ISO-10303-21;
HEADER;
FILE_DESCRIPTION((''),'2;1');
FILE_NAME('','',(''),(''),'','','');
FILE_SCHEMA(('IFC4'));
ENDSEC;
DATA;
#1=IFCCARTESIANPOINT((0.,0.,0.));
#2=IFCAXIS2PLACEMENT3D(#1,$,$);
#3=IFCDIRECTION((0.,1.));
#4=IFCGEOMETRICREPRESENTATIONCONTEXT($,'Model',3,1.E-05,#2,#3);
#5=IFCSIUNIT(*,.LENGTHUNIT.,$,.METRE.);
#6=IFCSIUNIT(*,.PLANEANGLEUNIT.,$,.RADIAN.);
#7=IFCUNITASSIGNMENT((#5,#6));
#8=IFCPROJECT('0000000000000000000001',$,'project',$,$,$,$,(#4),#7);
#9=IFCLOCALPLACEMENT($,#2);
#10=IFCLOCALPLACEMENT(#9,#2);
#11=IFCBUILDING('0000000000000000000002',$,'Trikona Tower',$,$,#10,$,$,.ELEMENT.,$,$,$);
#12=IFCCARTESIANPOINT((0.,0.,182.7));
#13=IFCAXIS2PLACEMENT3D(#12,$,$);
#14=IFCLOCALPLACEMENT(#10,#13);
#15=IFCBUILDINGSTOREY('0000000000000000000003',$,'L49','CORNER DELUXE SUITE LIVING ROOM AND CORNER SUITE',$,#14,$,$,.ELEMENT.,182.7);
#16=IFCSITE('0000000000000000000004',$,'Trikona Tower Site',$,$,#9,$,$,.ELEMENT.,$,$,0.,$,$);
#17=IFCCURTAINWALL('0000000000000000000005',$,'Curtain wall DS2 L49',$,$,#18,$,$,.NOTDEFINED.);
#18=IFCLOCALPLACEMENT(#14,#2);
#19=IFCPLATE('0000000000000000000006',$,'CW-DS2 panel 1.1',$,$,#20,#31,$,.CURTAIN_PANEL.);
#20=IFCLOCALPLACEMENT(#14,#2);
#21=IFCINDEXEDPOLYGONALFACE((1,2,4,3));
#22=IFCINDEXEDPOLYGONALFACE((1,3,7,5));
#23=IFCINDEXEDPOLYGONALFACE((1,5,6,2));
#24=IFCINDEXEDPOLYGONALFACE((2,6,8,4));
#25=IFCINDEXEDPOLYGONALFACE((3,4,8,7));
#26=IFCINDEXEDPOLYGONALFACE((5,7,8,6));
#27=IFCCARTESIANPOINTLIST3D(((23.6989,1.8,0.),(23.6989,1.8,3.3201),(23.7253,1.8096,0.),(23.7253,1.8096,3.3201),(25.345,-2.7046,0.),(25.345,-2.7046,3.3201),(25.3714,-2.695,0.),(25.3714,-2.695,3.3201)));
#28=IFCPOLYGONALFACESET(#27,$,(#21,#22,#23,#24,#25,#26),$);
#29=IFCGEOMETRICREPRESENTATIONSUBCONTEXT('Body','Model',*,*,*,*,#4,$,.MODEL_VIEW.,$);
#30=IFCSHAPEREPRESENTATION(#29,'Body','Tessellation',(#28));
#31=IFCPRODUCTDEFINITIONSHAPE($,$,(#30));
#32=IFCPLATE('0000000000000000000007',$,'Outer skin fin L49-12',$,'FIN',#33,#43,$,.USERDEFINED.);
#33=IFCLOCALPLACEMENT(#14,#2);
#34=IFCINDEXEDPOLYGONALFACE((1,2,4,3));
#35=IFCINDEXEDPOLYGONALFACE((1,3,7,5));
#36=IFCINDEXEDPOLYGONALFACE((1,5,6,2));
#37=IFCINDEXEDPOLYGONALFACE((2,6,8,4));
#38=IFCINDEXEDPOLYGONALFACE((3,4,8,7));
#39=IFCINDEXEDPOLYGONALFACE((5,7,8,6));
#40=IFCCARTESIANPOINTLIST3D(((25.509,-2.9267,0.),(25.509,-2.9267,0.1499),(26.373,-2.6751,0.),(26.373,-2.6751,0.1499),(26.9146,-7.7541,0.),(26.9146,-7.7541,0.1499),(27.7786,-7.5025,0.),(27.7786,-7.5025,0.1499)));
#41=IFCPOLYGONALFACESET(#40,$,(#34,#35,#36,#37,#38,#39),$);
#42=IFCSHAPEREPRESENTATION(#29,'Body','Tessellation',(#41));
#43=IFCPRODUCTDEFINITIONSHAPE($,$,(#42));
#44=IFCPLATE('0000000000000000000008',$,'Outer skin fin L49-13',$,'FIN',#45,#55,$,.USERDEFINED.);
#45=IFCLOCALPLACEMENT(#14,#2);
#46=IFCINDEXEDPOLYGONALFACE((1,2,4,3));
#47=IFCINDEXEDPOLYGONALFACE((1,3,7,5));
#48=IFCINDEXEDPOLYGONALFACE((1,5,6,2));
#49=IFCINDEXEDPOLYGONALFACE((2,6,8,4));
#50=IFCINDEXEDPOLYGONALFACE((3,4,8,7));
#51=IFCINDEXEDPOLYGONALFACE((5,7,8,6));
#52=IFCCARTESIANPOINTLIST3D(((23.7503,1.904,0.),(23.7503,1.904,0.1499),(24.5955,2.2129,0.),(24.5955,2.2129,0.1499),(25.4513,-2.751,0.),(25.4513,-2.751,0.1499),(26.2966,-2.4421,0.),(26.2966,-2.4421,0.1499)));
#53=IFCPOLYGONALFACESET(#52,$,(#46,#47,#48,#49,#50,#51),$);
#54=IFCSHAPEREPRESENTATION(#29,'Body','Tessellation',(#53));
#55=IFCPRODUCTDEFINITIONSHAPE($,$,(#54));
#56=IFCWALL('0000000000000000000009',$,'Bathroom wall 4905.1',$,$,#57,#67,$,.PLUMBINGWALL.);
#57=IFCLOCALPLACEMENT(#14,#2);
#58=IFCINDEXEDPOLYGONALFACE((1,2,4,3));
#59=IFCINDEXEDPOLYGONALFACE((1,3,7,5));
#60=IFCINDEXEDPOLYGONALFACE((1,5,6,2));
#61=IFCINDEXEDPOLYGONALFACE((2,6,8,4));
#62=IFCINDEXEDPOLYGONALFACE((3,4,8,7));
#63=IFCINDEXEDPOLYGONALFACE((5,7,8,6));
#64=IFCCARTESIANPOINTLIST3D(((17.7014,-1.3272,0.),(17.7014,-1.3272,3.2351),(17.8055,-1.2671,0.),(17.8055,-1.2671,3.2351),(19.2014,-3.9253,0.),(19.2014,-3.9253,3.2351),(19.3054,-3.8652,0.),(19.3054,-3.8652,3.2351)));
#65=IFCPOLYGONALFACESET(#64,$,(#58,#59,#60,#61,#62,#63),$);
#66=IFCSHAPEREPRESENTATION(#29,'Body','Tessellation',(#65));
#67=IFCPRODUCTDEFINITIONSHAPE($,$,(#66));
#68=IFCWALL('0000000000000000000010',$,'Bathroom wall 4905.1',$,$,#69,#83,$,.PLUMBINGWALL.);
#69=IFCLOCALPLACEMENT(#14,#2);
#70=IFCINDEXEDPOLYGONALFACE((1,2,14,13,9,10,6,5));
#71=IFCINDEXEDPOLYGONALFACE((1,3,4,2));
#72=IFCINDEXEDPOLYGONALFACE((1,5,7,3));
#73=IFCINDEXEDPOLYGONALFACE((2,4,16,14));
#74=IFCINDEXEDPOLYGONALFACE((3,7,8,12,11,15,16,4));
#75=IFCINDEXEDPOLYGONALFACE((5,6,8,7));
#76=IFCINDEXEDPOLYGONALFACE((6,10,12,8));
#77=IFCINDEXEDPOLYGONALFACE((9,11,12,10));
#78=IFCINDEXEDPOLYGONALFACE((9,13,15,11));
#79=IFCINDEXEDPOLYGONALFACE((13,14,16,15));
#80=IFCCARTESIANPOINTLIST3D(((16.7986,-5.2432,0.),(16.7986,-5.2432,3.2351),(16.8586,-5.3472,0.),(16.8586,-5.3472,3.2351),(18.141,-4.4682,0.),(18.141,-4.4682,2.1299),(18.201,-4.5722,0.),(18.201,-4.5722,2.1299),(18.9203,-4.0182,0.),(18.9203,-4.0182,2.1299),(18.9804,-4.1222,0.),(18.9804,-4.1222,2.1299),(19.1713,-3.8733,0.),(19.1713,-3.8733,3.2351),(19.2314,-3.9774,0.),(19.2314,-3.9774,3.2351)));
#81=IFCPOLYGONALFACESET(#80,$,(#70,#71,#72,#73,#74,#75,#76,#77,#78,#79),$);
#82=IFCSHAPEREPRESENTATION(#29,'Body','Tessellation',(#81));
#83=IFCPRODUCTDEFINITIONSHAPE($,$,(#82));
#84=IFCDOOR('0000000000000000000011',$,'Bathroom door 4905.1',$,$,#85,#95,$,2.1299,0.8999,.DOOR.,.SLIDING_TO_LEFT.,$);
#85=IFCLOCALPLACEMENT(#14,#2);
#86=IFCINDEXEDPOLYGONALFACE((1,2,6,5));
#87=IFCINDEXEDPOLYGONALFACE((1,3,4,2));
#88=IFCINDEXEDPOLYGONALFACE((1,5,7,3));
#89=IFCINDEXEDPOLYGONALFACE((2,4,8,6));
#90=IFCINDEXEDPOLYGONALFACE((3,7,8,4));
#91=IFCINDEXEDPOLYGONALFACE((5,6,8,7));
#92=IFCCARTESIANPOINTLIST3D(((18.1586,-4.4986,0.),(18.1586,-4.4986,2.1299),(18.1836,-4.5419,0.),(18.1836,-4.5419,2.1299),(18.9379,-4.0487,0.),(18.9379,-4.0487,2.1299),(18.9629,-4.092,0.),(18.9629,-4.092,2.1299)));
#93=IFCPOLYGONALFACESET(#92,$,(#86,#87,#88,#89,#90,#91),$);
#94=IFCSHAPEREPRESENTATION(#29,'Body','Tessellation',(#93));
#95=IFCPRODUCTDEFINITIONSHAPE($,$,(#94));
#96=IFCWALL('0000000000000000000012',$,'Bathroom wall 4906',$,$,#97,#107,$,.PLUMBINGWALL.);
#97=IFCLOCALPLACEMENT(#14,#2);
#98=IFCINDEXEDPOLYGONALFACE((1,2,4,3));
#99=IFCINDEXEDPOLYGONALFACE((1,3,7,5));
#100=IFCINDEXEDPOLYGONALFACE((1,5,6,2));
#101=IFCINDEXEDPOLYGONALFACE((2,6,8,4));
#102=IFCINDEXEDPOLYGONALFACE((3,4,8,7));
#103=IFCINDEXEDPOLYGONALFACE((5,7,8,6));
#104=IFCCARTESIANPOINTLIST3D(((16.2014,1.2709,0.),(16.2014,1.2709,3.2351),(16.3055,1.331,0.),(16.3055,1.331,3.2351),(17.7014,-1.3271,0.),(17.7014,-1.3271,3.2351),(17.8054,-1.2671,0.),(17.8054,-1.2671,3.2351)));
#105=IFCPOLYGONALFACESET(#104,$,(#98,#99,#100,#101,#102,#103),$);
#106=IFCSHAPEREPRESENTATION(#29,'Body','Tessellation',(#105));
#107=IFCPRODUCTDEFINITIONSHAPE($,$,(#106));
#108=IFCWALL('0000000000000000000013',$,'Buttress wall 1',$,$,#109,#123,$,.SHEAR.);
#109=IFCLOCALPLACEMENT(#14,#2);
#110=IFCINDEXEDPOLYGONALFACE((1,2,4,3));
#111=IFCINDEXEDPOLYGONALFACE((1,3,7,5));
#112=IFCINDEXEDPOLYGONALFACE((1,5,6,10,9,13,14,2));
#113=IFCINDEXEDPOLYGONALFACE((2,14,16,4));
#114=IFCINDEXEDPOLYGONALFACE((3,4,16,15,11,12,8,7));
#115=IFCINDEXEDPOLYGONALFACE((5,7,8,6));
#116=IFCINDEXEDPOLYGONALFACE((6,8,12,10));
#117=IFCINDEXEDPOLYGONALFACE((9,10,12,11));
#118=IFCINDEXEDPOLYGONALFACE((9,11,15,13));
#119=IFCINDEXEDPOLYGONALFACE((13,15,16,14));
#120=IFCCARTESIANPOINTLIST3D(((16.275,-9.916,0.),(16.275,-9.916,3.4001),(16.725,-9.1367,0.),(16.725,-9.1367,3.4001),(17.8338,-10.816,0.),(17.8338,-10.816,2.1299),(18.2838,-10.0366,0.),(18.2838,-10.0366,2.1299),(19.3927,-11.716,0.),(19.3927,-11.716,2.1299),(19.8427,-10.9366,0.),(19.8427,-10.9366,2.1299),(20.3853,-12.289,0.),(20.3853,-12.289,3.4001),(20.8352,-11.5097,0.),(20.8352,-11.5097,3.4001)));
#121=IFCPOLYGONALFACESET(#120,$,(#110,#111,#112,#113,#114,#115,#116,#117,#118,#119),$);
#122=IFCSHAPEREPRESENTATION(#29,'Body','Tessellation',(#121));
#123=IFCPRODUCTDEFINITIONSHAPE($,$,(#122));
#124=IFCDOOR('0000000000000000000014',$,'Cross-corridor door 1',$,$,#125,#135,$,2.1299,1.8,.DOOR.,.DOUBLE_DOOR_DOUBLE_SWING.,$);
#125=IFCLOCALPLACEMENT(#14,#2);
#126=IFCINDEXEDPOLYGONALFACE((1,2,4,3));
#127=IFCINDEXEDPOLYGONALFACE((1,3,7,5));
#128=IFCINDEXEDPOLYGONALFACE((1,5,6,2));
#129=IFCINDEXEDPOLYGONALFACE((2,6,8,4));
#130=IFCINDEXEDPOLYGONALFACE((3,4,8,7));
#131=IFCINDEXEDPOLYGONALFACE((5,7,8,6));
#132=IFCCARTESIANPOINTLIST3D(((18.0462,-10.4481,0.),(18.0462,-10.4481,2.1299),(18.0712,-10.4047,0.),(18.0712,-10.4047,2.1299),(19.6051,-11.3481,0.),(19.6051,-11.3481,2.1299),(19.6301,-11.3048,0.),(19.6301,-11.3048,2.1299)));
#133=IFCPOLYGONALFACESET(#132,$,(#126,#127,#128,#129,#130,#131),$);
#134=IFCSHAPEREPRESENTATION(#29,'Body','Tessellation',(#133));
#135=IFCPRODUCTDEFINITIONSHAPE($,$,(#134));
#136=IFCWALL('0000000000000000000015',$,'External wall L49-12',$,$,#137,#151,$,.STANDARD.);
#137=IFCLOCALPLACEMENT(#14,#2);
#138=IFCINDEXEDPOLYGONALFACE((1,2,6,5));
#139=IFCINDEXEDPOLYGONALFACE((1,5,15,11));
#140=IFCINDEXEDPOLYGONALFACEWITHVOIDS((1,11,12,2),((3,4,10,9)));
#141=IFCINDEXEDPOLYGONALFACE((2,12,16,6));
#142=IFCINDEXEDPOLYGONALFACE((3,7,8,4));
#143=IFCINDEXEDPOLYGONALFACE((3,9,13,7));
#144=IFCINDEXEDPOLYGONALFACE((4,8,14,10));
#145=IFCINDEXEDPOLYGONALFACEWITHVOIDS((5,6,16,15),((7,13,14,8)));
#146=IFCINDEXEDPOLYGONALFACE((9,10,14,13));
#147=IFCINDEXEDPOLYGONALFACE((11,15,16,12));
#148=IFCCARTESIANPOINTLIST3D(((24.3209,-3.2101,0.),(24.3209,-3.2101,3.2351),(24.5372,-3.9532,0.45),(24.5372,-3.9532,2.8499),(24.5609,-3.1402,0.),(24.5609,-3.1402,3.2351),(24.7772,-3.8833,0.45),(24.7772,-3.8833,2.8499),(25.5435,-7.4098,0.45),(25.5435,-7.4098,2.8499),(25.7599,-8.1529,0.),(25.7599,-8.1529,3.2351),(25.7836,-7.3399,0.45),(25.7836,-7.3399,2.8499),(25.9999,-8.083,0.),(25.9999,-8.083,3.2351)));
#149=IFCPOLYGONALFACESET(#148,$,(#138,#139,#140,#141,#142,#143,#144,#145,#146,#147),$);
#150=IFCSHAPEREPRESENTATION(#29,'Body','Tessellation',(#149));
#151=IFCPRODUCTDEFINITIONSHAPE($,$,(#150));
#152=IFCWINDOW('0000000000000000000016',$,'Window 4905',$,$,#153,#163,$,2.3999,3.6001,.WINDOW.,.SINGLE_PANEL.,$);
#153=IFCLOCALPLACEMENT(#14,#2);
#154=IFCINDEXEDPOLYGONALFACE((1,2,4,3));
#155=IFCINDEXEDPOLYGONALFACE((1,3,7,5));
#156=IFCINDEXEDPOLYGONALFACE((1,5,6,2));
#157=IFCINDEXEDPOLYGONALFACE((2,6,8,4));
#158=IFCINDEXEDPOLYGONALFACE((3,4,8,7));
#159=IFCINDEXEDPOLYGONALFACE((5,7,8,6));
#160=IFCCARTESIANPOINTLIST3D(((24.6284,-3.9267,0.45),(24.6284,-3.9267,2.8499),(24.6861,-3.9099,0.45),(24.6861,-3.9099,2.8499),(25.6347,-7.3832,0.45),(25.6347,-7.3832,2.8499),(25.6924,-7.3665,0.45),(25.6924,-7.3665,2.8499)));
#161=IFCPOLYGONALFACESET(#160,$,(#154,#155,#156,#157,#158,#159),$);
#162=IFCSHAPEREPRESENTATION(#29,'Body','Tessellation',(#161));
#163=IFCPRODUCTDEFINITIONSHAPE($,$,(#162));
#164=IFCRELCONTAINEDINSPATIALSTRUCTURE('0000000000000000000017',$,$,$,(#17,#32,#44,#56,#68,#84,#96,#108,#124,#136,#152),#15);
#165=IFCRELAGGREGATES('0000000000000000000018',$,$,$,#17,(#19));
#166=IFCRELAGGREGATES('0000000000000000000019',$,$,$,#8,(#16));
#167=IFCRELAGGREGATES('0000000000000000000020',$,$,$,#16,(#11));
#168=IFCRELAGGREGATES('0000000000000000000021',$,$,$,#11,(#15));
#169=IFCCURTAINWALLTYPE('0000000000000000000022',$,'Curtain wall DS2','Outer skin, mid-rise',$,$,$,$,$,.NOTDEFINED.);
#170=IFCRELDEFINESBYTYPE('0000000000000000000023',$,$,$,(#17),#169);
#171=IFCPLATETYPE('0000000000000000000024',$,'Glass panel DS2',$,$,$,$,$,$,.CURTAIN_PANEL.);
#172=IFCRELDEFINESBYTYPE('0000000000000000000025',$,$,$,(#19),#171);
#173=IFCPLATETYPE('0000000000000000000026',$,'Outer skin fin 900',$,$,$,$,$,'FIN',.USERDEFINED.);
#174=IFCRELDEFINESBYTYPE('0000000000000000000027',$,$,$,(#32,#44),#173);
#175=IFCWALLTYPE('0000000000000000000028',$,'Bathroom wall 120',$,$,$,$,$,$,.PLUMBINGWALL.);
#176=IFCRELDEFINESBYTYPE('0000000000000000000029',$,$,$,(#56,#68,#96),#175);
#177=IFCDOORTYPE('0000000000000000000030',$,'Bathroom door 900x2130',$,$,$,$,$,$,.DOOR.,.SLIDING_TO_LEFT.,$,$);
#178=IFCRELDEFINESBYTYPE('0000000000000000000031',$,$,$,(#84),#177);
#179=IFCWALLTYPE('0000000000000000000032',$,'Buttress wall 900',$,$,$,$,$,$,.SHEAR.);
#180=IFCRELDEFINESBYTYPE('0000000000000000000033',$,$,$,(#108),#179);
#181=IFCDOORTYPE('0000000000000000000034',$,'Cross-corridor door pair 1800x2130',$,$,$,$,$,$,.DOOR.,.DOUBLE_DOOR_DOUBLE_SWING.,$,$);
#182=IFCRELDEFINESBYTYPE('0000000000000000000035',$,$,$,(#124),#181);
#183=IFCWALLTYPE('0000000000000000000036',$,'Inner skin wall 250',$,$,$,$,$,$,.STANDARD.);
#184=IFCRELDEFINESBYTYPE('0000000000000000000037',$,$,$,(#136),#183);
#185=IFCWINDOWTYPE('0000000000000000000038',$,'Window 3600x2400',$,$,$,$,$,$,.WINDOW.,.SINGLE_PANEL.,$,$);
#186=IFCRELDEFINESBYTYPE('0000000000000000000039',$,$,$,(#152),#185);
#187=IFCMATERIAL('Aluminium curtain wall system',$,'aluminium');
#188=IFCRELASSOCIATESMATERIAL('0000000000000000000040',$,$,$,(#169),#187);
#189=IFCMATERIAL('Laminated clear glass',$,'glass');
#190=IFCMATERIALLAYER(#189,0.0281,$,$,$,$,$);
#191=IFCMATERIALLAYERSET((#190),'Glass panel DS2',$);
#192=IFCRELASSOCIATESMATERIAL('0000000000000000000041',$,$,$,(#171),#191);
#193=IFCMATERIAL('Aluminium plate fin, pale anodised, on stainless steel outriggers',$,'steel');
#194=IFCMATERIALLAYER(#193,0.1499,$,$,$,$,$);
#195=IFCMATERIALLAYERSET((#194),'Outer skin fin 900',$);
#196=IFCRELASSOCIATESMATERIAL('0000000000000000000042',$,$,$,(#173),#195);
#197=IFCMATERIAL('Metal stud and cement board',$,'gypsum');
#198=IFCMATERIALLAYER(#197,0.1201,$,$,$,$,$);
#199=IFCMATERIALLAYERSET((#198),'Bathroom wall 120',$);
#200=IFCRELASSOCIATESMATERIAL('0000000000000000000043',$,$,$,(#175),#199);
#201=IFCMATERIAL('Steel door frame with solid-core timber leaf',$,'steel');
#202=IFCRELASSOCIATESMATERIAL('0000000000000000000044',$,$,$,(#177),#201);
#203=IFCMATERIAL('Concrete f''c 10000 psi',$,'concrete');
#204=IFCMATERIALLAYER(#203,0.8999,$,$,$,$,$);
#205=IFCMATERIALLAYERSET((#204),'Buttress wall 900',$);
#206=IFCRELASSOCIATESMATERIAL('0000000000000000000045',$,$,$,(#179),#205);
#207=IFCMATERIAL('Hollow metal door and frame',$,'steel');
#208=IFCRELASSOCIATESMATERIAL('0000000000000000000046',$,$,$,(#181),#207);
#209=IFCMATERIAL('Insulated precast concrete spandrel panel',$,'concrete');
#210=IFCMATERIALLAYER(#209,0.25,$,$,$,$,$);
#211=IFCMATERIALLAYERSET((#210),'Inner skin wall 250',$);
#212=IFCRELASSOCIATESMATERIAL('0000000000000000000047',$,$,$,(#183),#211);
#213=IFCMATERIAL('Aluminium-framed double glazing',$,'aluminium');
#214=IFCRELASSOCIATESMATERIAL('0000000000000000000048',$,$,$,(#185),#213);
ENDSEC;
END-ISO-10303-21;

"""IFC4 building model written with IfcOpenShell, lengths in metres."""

from ifc_helpers import new_model, si_unit, direction, frame, frame_2d, origin, origin_2d, place, context, subcontext, project, spatial, rectangle, extrude, material, layer, layer_set, type_object, element, fill, aggregate, save


model = new_model("IFC4")

# Units and contexts
model_context = context("Model", 3, precision=1e-05, world=origin(), true_north=direction((0.0, 1.0)))
body_context = subcontext(model_context, "Body", "Model", "MODEL_VIEW")
ifc_project = project(units=[si_unit("LENGTHUNIT", "METRE"), si_unit("PLANEANGLEUNIT", "RADIAN")], contexts=[model_context])

# Site, building, storey
site_placement = place(None, origin())
site = spatial("IfcSite", under=ifc_project, at=site_placement, Name="Trikona Tower Site", CompositionType="ELEMENT", RefElevation=0.0)
building_placement = place(site_placement, origin())
building = spatial("IfcBuilding", under=site, at=building_placement, Name="Trikona Tower", CompositionType="ELEMENT")
storey_placement = place(building_placement, frame((0.0, 0.0, 182.7)))
storey = spatial("IfcBuildingStorey", under=building, at=storey_placement, Name="L49", Description="CORNER DELUXE SUITE LIVING ROOM AND CORNER SUITE", CompositionType="ELEMENT", Elevation=182.7)

# Shared definitions
ifc_material_1 = material(Name="Aluminium curtain wall system", Category="aluminium")
curtain_wall_type = type_object("IfcCurtainWallType", Name="Curtain wall DS2", Description="Outer skin, mid-rise", PredefinedType="NOTDEFINED", material=ifc_material_1)

# Curtain wall
curtain_wall_1_placement = place(storey_placement, origin())
curtain_wall_1 = element("IfcCurtainWall", 1, at=curtain_wall_1_placement, inside=storey, type_object=curtain_wall_type, Name="Curtain wall DS2 L49", PredefinedType="NOTDEFINED")

# Plate
ifc_material_2 = material(Name="Laminated clear glass", Category="glass")
ifc_layer_1 = layer(ifc_material_2, 0.0281)
ifc_layer_set_1 = layer_set([ifc_layer_1], Name="Glass panel DS2")
plate_type_1 = type_object("IfcPlateType", Name="Glass panel DS2", PredefinedType="CURTAIN_PANEL", material=ifc_layer_set_1)
plate_1_placement = place(storey_placement, frame((24.5352, -0.4475, 0.0), z_axis=(0.0, 0.0, 1.0), x_axis=(-0.343223, 0.939254, 0.0)))
plate_1 = element("IfcPlate", 2, at=plate_1_placement, type_object=plate_type_1, Name="CW-DS2 panel 1.1", PredefinedType="CURTAIN_PANEL", context=body_context, shape_type="SweptSolid", body=[
    extrude(rectangle(XDim=4.7959, YDim=0.0281, at=origin_2d()), origin(), (0.0, 0.0, 1.0), 3.3201),
])
aggregate(curtain_wall_1, [plate_1])

# Plates
ifc_material_3 = material(Name="Aluminium plate fin, pale anodised, on stainless steel outriggers", Category="steel")
ifc_layer_2 = layer(ifc_material_3, 0.1499)
ifc_layer_set_2 = layer_set([ifc_layer_2], Name="Outer skin fin 900")
plate_type_2 = type_object("IfcPlateType", Name="Outer skin fin 900", ElementType="FIN", PredefinedType="USERDEFINED", material=ifc_layer_set_2)
plate_2_placement = place(storey_placement, frame((26.6438, -5.2146, 0.0), z_axis=(0.0, 0.0, 1.0), x_axis=(-0.279554, 0.96013, 0.0)))
element("IfcPlate", 3, at=plate_2_placement, inside=storey, type_object=plate_type_2, Name="Outer skin fin L49-12", ObjectType="FIN", PredefinedType="USERDEFINED", context=body_context, shape_type="SweptSolid", body=[
    extrude(rectangle(XDim=5.0278, YDim=0.8999, at=origin_2d()), origin(), (0.0, 0.0, 1.0), 0.1499),
])
plate_3_placement = place(storey_placement, frame((25.0234, -0.269, 0.0), z_axis=(0.0, 0.0, 1.0), x_axis=(-0.34322, 0.939255, 0.0)))
element("IfcPlate", 4, at=plate_3_placement, inside=storey, type_object=plate_type_2, Name="Outer skin fin L49-13", ObjectType="FIN", PredefinedType="USERDEFINED", context=body_context, shape_type="SweptSolid", body=[
    extrude(rectangle(XDim=4.9561, YDim=0.8999, at=origin_2d()), origin(), (0.0, 0.0, 1.0), 0.1499),
])

# Wall
ifc_material_4 = material(Name="Metal stud and cement board", Category="gypsum")
ifc_layer_3 = layer(ifc_material_4, 0.1201)
ifc_layer_set_3 = layer_set([ifc_layer_3], Name="Bathroom wall 120")
wall_type_1 = type_object("IfcWallType", Name="Bathroom wall 120", PredefinedType="PLUMBINGWALL", material=ifc_layer_set_3)
wall_1_placement = place(storey_placement, frame((19.2534, -3.8953, 0.0), z_axis=(0.0, 0.0, 1.0), x_axis=(-0.49999, 0.866031, 0.0)))
element("IfcWall", 5, at=wall_1_placement, inside=storey, type_object=wall_type_1, Name="Bathroom wall 4905.1", PredefinedType="PLUMBINGWALL", context=body_context, shape_type="SweptSolid", body=[
    extrude(rectangle(XDim=3.0, YDim=0.1201, at=frame_2d((1.5, 0.0))), origin(), (0.0, 0.0, 1.0), 3.2351),
])

# Wall, opening, door
wall_2_placement = place(storey_placement, frame((16.8286, -5.2952, 0.0), z_axis=(0.0, 0.0, 1.0), x_axis=(0.866036, 0.499982, 0.0)))
wall_2 = element("IfcWall", 6, at=wall_2_placement, inside=storey, type_object=wall_type_1, Name="Bathroom wall 4905.1", PredefinedType="PLUMBINGWALL", context=body_context, shape_type="SweptSolid", body=[
    extrude(rectangle(XDim=2.7397, YDim=0.1201, at=frame_2d((1.3699, 0.0))), origin(), (0.0, 0.0, 1.0), 3.2351),
])
opening_1_placement = place(wall_2_placement, frame((1.55, 0.0, 0.0)))
opening_1 = element("IfcOpeningElement", 7, at=opening_1_placement, cuts=wall_2, PredefinedType="OPENING", context=body_context, shape_type="SweptSolid", body=[
    extrude(rectangle(XDim=0.8999, YDim=2.1299, at=frame_2d((0.45, 1.0649))), frame((0.0, 0.0701, 0.0), z_axis=(0.0, -1.0, 0.0), x_axis=(1.0, 0.0, 0.0)), (0.0, 0.0, 1.0), 0.1401),
])
ifc_material_5 = material(Name="Steel door frame with solid-core timber leaf", Category="steel")
door_type_1 = type_object("IfcDoorType", Name="Bathroom door 900x2130", OperationType="SLIDING_TO_LEFT", PredefinedType="DOOR", material=ifc_material_5)
door_1_placement = place(opening_1_placement, origin())
door_1 = element("IfcDoor", 8, at=door_1_placement, inside=storey, type_object=door_type_1, Name="Bathroom door 4905.1", OperationType="SLIDING_TO_LEFT", OverallHeight=2.1299, OverallWidth=0.8999, PredefinedType="DOOR", context=body_context, shape_type="SweptSolid", body=[
    extrude(rectangle(XDim=0.8999, YDim=2.1299, at=frame_2d((0.45, 1.0649))), frame((0.0, 0.0249, 0.0), z_axis=(0.0, -1.0, 0.0), x_axis=(1.0, 0.0, 0.0)), (0.0, 0.0, 1.0), 0.05),
])
fill(opening_1, door_1)

# Wall
wall_3_placement = place(storey_placement, frame((17.7534, -1.2971, 0.0), z_axis=(0.0, 0.0, 1.0), x_axis=(-0.49999, 0.866031, 0.0)))
element("IfcWall", 9, at=wall_3_placement, inside=storey, type_object=wall_type_1, Name="Bathroom wall 4906", PredefinedType="PLUMBINGWALL", context=body_context, shape_type="SweptSolid", body=[
    extrude(rectangle(XDim=3.0, YDim=0.1201, at=frame_2d((1.5, 0.0))), origin(), (0.0, 0.0, 1.0), 3.2351),
])

# Wall, opening, door
ifc_material_6 = material(Name="Concrete f'c 10000 psi", Category="concrete")
ifc_layer_4 = layer(ifc_material_6, 0.8999)
ifc_layer_set_4 = layer_set([ifc_layer_4], Name="Buttress wall 900")
wall_type_2 = type_object("IfcWallType", Name="Buttress wall 900", PredefinedType="SHEAR", material=ifc_layer_set_4)
wall_4_placement = place(storey_placement, frame((16.5, -9.5264, 0.0), z_axis=(0.0, 0.0, 1.0), x_axis=(0.866031, -0.49999, 0.0)))
wall_4 = element("IfcWall", 10, at=wall_4_placement, inside=storey, type_object=wall_type_2, Name="Buttress wall 1", PredefinedType="SHEAR", context=body_context, shape_type="SweptSolid", body=[
    extrude(rectangle(XDim=4.7461, YDim=0.8999, at=frame_2d((2.373, 0.0))), origin(), (0.0, 0.0, 1.0), 3.4001),
])
opening_2_placement = place(wall_4_placement, frame((1.8, 0.0, 0.0)))
opening_2 = element("IfcOpeningElement", 11, at=opening_2_placement, cuts=wall_4, PredefinedType="OPENING", context=body_context, shape_type="SweptSolid", body=[
    extrude(rectangle(XDim=1.8, YDim=2.1299, at=frame_2d((0.8999, 1.0649))), frame((0.0, 0.46, 0.0), z_axis=(0.0, -1.0, 0.0), x_axis=(1.0, 0.0, 0.0)), (0.0, 0.0, 1.0), 0.9199),
])
ifc_material_7 = material(Name="Hollow metal door and frame", Category="steel")
door_type_2 = type_object("IfcDoorType", Name="Cross-corridor door pair 1800x2130", OperationType="DOUBLE_DOOR_DOUBLE_SWING", PredefinedType="DOOR", material=ifc_material_7)
door_2_placement = place(opening_2_placement, origin())
door_2 = element("IfcDoor", 12, at=door_2_placement, inside=storey, type_object=door_type_2, Name="Cross-corridor door 1", OperationType="DOUBLE_DOOR_DOUBLE_SWING", OverallHeight=2.1299, OverallWidth=1.8, PredefinedType="DOOR", context=body_context, shape_type="SweptSolid", body=[
    extrude(rectangle(XDim=1.8, YDim=2.1299, at=frame_2d((0.8999, 1.0649))), frame((0.0, 0.0249, 0.0), z_axis=(0.0, -1.0, 0.0), x_axis=(1.0, 0.0, 0.0)), (0.0, 0.0, 1.0), 0.05),
])
fill(opening_2, door_2)

# Wall, opening, window
ifc_material_8 = material(Name="Insulated precast concrete spandrel panel", Category="concrete")
ifc_layer_5 = layer(ifc_material_8, 0.25)
ifc_layer_set_5 = layer_set([ifc_layer_5], Name="Inner skin wall 250")
wall_type_3 = type_object("IfcWallType", Name="Inner skin wall 250", PredefinedType="STANDARD", material=ifc_layer_set_5)
wall_5_placement = place(storey_placement, frame((25.8799, -8.1179, 0.0), z_axis=(0.0, 0.0, 1.0), x_axis=(-0.279528, 0.960137, 0.0)))
wall_5 = element("IfcWall", 13, at=wall_5_placement, inside=storey, type_object=wall_type_3, Name="External wall L49-12", PredefinedType="STANDARD", context=body_context, shape_type="SweptSolid", body=[
    extrude(rectangle(XDim=5.1479, YDim=0.25, at=frame_2d((2.574, 0.0))), origin(), (0.0, 0.0, 1.0), 3.2351),
])
opening_3_placement = place(wall_5_placement, frame((0.7739, 0.0, 0.45)))
opening_3 = element("IfcOpeningElement", 14, at=opening_3_placement, cuts=wall_5, PredefinedType="OPENING", context=body_context, shape_type="SweptSolid", body=[
    extrude(rectangle(XDim=3.6001, YDim=2.3999, at=frame_2d((1.8, 1.2))), frame((0.0, 0.135, 0.0), z_axis=(0.0, -1.0, 0.0), x_axis=(1.0, 0.0, 0.0)), (0.0, 0.0, 1.0), 0.27),
])
ifc_material_9 = material(Name="Aluminium-framed double glazing", Category="aluminium")
window_type = type_object("IfcWindowType", Name="Window 3600x2400", PartitioningType="SINGLE_PANEL", PredefinedType="WINDOW", material=ifc_material_9)
window_1_placement = place(opening_3_placement, origin())
window_1 = element("IfcWindow", 15, at=window_1_placement, inside=storey, type_object=window_type, Name="Window 4905", OverallHeight=2.3999, OverallWidth=3.6001, PartitioningType="SINGLE_PANEL", PredefinedType="WINDOW", context=body_context, shape_type="SweptSolid", body=[
    extrude(rectangle(XDim=3.6001, YDim=2.3999, at=frame_2d((1.8, 1.2))), frame((0.0, 0.03, 0.0), z_axis=(0.0, -1.0, 0.0), x_axis=(1.0, 0.0, 0.0)), (0.0, 0.0, 1.0), 0.0601),
])
fill(opening_3, window_1)

save(model, "model.ifc")
